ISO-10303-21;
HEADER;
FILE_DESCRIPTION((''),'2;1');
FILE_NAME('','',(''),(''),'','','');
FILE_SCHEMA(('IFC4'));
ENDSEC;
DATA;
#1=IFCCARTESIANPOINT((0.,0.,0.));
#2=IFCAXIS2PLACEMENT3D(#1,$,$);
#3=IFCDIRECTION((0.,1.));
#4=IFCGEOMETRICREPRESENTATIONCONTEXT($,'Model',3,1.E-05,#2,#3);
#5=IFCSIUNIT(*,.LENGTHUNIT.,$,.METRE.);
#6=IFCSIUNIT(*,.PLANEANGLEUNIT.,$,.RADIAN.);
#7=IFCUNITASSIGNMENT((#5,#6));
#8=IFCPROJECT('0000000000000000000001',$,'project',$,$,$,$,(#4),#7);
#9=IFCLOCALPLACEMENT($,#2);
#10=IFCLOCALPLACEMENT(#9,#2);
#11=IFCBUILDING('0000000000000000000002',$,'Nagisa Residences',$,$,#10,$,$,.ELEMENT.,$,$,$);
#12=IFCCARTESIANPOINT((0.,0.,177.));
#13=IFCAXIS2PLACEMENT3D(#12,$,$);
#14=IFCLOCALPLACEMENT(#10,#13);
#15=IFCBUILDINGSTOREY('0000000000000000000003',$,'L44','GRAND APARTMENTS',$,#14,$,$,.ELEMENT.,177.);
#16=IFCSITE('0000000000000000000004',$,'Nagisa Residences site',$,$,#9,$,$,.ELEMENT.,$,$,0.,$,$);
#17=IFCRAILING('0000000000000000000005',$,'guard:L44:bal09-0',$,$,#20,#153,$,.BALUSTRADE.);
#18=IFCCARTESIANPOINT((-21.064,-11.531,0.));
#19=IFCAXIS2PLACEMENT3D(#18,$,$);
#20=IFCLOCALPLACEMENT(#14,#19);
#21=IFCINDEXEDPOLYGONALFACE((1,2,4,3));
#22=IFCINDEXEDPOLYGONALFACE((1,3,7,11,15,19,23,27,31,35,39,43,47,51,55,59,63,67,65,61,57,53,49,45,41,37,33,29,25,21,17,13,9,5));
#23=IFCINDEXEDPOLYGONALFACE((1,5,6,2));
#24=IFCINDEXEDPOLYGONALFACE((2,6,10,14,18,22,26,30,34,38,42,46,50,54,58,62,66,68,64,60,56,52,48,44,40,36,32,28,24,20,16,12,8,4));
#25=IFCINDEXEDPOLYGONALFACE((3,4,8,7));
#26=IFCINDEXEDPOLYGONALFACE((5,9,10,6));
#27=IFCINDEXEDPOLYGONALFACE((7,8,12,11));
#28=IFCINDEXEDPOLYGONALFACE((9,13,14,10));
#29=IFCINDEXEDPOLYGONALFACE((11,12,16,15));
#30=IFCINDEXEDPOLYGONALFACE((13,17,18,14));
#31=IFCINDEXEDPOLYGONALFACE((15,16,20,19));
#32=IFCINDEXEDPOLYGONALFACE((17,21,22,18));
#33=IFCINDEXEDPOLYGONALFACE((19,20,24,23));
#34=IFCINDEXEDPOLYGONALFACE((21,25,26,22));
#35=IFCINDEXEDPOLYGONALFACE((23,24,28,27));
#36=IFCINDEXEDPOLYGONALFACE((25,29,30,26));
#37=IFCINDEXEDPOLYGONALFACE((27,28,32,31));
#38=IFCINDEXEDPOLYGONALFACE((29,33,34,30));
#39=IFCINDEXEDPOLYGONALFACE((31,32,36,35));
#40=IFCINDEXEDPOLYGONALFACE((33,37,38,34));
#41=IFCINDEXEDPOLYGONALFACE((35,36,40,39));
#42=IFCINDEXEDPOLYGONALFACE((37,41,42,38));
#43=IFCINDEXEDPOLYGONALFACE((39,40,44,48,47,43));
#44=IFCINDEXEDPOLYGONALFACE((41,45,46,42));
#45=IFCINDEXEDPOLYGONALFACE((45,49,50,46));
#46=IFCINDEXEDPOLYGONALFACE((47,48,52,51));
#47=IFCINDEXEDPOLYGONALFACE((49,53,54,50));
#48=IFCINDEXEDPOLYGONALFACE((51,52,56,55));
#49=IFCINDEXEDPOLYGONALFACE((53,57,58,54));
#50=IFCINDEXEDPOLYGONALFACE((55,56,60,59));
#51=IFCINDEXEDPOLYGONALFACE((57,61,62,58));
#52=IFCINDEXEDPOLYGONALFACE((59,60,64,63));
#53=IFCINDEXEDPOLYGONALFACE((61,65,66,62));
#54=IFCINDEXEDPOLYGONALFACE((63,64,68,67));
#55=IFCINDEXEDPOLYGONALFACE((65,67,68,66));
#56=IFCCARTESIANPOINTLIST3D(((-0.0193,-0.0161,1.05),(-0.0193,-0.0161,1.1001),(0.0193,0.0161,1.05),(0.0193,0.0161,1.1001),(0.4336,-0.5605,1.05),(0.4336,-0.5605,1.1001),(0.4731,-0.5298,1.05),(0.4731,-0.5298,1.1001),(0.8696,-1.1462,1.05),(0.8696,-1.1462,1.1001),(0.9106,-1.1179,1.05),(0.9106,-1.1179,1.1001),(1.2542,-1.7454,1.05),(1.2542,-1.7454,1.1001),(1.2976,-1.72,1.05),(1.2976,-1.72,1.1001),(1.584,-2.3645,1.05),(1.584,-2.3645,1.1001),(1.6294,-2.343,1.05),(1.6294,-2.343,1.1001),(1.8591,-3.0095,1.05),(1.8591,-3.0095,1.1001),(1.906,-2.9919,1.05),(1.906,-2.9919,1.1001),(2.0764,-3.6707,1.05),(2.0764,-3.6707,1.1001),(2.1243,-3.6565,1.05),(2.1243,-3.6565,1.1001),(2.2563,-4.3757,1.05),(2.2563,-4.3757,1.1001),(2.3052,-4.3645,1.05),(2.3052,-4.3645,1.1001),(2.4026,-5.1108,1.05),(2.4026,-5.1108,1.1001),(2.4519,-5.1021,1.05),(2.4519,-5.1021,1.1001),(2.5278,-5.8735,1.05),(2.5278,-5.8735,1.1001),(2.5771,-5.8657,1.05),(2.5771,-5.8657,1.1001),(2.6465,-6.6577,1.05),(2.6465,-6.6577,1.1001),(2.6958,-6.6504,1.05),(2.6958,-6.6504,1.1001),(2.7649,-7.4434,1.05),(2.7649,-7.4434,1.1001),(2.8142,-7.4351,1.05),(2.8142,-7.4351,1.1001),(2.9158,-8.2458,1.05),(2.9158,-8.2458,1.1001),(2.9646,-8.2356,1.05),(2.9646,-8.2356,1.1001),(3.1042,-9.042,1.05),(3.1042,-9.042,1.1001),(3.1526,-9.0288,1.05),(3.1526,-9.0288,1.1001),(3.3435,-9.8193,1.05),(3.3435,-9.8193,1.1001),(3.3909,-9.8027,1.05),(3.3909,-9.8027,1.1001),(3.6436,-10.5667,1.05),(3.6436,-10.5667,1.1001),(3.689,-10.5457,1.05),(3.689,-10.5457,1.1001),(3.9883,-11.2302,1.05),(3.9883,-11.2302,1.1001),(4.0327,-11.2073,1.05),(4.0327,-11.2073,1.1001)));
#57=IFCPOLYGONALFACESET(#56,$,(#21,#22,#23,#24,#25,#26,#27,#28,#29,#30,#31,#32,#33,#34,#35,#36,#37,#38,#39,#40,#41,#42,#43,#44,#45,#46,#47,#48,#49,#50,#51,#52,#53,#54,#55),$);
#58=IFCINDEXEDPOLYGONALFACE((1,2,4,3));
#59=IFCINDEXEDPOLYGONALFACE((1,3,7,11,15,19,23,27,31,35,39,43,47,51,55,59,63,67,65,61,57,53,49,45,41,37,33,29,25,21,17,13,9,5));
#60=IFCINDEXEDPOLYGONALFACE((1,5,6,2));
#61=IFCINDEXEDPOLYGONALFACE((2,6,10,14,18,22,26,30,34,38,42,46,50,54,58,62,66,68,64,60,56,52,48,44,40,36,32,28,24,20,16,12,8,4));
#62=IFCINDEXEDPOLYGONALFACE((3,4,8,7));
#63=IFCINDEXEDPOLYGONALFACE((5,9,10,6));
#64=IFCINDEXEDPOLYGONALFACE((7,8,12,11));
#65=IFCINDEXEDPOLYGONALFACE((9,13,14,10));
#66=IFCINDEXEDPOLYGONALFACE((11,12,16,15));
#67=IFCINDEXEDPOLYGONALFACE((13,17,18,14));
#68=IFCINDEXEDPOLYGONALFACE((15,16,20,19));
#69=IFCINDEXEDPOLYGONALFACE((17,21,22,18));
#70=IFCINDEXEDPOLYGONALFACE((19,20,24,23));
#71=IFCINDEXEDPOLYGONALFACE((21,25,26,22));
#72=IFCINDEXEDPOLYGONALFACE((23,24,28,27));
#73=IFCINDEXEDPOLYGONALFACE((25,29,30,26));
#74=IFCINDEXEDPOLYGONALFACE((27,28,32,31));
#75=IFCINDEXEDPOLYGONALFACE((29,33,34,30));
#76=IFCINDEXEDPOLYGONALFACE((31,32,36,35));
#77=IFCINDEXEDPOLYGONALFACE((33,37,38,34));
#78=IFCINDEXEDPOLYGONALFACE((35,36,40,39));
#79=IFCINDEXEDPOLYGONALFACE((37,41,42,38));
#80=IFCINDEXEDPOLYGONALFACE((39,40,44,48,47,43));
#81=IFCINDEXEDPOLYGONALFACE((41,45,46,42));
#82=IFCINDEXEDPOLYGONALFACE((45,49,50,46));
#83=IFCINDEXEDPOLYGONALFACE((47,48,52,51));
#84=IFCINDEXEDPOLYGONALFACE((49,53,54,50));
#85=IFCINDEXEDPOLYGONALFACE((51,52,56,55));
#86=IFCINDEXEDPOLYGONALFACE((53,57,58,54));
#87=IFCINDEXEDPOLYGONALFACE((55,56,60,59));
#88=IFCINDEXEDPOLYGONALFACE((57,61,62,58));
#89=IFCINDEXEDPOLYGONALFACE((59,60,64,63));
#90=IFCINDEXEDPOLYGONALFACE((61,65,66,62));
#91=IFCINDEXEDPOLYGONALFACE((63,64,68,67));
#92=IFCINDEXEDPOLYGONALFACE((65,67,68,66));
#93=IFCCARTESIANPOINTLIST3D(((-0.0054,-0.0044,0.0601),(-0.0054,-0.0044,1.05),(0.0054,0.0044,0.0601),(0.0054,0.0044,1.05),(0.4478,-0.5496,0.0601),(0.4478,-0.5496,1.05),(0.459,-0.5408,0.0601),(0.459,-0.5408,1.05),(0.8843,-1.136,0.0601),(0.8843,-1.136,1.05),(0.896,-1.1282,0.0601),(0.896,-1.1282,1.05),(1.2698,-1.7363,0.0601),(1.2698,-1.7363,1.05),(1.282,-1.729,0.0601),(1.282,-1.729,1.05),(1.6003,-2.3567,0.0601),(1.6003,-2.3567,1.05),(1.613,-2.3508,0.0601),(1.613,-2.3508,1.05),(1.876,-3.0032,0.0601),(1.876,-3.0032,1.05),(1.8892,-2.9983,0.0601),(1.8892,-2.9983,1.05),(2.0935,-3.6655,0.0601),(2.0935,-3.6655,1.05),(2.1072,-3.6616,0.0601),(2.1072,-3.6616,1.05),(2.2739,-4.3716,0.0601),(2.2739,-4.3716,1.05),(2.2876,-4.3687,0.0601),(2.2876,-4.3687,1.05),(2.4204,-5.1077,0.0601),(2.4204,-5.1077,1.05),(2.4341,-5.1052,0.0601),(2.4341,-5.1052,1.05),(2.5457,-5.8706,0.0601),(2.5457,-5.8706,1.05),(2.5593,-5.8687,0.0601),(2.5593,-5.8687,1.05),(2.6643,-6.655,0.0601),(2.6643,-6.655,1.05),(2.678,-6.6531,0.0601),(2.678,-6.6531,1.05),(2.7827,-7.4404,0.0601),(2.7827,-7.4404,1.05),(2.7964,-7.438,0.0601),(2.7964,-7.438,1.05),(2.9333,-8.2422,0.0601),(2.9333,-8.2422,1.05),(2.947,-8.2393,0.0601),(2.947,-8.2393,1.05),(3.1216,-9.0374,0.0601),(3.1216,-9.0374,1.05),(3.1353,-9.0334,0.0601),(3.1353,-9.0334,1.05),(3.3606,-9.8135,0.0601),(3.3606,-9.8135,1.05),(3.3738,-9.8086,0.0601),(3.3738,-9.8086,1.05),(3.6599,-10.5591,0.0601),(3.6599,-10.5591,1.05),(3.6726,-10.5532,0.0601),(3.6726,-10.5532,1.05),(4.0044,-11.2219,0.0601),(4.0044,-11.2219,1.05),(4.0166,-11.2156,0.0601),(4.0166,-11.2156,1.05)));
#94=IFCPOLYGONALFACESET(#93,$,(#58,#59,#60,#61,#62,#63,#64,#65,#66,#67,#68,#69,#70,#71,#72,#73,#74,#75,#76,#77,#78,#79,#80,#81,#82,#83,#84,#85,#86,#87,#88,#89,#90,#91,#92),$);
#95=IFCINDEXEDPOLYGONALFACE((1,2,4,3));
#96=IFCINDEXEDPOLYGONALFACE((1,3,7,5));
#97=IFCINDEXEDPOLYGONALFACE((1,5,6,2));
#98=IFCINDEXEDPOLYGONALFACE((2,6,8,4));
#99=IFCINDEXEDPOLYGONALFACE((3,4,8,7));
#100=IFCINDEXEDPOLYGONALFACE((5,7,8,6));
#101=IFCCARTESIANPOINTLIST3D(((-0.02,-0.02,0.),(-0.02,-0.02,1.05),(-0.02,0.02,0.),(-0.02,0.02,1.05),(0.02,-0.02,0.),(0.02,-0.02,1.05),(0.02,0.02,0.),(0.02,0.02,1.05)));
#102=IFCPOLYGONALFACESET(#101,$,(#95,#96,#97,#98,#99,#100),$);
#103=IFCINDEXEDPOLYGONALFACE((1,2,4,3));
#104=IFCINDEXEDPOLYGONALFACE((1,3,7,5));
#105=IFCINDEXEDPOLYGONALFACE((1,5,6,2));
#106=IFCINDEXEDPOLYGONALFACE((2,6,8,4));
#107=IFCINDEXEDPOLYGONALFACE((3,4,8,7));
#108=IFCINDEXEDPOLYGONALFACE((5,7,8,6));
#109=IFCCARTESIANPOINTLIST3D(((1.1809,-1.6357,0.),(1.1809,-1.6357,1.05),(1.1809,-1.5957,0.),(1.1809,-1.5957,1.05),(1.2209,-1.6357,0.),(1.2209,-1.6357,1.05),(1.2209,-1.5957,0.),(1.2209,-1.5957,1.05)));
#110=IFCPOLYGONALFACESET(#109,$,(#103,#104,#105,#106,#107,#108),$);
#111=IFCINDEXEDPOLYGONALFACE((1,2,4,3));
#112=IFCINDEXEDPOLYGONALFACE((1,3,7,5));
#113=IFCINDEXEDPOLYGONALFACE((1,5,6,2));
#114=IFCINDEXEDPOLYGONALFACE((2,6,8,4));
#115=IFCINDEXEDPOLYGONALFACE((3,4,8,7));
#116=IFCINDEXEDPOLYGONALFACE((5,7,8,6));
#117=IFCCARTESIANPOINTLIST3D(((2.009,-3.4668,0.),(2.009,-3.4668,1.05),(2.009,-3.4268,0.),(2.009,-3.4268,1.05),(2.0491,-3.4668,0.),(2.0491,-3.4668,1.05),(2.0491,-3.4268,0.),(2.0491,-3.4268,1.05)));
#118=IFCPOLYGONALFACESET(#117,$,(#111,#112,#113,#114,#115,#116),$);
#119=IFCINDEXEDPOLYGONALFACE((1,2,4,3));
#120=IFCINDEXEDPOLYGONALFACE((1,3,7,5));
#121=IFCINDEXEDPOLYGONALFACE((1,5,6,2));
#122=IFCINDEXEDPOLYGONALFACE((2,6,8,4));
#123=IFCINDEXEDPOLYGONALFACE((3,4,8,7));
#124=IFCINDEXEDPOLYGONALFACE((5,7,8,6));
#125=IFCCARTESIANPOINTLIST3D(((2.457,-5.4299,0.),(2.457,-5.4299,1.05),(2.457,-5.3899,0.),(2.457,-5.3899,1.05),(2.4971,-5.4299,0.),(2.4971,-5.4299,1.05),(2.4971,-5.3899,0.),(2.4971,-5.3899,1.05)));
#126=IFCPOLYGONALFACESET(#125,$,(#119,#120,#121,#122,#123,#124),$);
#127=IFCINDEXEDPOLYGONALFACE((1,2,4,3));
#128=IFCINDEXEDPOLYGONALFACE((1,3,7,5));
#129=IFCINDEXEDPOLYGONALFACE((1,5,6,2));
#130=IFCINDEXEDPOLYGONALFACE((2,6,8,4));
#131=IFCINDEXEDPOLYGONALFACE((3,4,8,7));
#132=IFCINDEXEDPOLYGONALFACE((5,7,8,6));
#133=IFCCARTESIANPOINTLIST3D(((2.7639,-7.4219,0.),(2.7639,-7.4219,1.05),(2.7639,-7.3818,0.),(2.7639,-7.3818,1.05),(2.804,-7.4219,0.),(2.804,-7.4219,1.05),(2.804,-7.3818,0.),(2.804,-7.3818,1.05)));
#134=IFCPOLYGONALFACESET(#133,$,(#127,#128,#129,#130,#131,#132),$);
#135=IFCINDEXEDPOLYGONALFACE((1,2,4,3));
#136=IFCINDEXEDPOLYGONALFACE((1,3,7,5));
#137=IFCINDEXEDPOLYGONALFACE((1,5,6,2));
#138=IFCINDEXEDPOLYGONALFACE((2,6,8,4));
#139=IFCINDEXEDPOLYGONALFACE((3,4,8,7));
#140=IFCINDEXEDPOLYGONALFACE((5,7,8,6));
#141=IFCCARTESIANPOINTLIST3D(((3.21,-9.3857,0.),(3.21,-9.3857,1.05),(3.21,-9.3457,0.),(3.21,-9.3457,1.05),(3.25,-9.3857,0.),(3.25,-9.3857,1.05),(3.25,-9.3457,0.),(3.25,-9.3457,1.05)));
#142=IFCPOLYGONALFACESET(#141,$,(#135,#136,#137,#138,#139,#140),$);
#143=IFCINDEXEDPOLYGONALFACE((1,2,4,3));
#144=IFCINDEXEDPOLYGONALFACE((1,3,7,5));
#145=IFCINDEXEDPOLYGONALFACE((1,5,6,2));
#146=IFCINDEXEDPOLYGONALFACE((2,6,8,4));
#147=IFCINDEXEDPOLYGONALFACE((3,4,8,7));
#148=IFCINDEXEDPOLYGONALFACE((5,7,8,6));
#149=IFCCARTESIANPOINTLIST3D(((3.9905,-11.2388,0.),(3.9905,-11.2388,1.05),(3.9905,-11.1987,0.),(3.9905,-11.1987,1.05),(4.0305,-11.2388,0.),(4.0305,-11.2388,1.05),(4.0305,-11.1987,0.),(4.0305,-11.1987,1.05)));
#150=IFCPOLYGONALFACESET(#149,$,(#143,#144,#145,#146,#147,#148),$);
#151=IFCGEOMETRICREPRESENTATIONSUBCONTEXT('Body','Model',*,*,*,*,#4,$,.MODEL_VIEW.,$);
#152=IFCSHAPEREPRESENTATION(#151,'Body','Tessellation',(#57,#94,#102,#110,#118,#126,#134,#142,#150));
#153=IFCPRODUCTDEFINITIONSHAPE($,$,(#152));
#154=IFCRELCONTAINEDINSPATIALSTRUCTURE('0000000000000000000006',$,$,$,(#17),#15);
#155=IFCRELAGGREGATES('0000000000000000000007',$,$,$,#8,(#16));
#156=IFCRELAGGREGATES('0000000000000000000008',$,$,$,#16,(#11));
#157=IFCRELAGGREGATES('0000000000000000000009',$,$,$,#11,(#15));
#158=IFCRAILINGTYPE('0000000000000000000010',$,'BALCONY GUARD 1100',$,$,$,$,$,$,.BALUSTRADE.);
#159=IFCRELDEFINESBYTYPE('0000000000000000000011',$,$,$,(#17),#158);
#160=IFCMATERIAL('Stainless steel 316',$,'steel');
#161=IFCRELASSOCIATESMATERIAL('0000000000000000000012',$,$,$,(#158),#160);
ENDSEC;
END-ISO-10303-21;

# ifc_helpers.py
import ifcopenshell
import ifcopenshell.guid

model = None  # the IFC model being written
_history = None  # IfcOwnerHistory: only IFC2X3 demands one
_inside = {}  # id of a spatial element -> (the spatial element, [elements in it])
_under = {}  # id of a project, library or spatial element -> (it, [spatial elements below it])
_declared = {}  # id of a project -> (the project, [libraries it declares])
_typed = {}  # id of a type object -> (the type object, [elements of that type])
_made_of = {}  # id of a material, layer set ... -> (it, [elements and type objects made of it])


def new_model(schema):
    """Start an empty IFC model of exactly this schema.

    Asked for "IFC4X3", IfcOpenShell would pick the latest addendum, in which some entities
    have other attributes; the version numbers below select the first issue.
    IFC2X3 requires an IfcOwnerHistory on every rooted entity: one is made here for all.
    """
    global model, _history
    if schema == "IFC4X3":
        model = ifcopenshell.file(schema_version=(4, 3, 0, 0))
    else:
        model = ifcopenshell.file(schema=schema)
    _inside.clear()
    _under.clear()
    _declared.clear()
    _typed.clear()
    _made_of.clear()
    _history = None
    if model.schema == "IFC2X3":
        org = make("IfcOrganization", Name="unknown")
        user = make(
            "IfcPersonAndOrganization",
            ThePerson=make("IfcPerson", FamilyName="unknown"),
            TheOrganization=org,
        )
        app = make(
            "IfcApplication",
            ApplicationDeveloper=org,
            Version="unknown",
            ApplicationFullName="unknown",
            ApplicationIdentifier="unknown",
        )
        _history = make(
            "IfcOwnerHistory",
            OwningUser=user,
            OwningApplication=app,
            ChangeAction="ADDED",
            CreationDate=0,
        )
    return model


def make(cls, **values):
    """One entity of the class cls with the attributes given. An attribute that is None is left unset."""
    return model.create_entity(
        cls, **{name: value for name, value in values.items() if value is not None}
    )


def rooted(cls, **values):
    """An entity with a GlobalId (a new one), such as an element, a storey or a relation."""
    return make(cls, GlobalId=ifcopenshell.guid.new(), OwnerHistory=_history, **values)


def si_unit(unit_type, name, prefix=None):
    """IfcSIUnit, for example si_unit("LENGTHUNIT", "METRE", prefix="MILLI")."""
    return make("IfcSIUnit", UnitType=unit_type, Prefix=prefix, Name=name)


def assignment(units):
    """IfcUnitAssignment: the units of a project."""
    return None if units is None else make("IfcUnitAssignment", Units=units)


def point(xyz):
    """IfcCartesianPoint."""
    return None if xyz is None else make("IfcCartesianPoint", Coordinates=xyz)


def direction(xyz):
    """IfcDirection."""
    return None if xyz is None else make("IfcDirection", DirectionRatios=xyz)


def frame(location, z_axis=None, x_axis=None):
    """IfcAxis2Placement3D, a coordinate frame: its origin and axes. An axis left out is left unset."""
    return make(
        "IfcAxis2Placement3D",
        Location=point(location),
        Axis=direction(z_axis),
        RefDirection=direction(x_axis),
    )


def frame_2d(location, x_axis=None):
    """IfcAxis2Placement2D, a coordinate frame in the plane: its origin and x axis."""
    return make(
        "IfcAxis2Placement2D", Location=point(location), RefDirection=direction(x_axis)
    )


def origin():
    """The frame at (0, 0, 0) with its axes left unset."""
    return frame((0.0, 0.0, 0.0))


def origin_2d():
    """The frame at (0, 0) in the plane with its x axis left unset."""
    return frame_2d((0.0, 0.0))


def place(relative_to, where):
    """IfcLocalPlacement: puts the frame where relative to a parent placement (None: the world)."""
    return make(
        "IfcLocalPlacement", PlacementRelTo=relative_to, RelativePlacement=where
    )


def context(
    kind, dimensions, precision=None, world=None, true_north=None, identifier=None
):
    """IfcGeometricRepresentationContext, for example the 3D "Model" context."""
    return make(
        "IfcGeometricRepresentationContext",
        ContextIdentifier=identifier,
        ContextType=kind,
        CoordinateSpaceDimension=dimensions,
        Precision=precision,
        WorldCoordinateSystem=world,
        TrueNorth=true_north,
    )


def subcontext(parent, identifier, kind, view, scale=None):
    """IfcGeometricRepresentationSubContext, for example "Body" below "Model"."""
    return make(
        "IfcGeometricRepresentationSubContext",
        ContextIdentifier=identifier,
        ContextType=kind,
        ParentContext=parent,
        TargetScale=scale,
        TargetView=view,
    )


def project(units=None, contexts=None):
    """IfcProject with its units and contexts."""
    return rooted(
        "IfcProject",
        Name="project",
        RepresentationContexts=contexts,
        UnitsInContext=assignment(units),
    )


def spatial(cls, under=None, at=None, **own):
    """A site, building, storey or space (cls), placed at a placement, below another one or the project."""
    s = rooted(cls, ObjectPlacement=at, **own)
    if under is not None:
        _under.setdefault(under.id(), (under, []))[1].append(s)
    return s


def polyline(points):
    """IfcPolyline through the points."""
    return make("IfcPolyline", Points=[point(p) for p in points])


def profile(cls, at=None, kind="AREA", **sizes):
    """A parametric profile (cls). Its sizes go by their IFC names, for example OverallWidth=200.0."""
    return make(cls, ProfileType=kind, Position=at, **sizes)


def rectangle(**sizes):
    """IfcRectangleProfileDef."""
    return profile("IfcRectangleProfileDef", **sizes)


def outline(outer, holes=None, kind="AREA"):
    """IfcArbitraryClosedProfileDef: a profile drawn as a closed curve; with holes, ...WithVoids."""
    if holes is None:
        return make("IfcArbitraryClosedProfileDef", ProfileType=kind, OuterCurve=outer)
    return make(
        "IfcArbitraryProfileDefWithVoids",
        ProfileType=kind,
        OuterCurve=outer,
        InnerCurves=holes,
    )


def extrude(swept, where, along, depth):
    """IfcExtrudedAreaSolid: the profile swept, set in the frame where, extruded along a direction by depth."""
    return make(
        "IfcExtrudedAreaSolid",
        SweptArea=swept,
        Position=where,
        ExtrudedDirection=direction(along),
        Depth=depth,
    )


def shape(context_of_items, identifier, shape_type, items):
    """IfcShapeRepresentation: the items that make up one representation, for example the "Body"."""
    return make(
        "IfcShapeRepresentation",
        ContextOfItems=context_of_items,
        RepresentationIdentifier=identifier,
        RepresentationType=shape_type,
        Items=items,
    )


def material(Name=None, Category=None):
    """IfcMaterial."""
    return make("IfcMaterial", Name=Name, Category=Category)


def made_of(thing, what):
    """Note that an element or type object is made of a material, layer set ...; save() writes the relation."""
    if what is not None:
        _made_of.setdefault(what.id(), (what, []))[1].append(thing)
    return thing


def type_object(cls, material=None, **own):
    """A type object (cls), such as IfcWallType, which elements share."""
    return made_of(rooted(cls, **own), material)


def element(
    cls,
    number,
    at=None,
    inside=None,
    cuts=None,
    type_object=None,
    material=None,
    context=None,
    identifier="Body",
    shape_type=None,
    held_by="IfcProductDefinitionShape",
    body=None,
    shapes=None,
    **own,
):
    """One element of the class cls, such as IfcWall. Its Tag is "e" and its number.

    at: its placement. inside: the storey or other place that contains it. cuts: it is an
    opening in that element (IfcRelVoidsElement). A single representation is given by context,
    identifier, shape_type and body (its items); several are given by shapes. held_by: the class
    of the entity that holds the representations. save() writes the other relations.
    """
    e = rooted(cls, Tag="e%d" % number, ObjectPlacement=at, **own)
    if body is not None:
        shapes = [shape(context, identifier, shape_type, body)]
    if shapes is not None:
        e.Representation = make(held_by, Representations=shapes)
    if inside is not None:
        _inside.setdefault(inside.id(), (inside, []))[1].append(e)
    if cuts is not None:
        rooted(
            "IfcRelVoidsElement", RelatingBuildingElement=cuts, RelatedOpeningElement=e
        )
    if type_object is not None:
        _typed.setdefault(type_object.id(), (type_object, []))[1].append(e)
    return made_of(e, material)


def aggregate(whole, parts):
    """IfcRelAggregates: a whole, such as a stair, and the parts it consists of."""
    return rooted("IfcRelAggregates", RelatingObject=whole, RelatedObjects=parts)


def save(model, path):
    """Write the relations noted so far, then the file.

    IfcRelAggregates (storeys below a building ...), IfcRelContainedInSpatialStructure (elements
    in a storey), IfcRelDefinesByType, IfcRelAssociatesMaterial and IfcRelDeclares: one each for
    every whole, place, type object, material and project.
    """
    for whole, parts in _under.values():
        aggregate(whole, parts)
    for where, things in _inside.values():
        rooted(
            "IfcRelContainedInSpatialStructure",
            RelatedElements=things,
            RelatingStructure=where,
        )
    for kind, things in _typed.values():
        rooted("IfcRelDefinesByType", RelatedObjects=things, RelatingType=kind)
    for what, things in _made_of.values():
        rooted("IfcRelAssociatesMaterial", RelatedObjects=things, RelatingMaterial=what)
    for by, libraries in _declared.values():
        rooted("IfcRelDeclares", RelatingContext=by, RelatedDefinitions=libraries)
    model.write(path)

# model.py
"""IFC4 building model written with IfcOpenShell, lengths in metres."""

from ifc_helpers import new_model, si_unit, direction, frame, origin, origin_2d, place, context, subcontext, project, spatial, polyline, rectangle, outline, extrude, material, type_object, element, save


model = new_model("IFC4")

# Units and contexts
model_context = context("Model", 3, precision=1e-05, world=origin(), true_north=direction((0.0, 1.0)))
body_context = subcontext(model_context, "Body", "Model", "MODEL_VIEW")
ifc_project = project(units=[si_unit("LENGTHUNIT", "METRE"), si_unit("PLANEANGLEUNIT", "RADIAN")], contexts=[model_context])

# Site, building, storey
site_placement = place(None, origin())
site = spatial("IfcSite", under=ifc_project, at=site_placement, Name="Nagisa Residences site", CompositionType="ELEMENT", RefElevation=0.0)
building_placement = place(site_placement, origin())
building = spatial("IfcBuilding", under=site, at=building_placement, Name="Nagisa Residences", CompositionType="ELEMENT")
storey_placement = place(building_placement, frame((0.0, 0.0, 177.0)))
storey = spatial("IfcBuildingStorey", under=building, at=storey_placement, Name="L44", Description="GRAND APARTMENTS", CompositionType="ELEMENT", Elevation=177.0)

# Railing
ifc_material_1 = material(Name="Stainless steel 316", Category="steel")
railing_type = type_object("IfcRailingType", Name="BALCONY GUARD 1100", PredefinedType="BALUSTRADE", material=ifc_material_1)
railing_1_placement = place(storey_placement, frame((-21.064, -11.531, 0.0)))
element("IfcRailing", 1, at=railing_1_placement, inside=storey, type_object=railing_type, Name="guard:L44:bal09-0", PredefinedType="BALUSTRADE", context=body_context, shape_type="SweptSolid", body=[
    extrude(outline(polyline([(0.4731, -0.5298), (0.0193, 0.0161), (-0.0193, -0.0161), (0.4336, -0.5605), (0.8696, -1.1462), (1.2542, -1.7454), (1.584, -2.3645), (1.8591, -3.0095), (2.0764, -3.6707), (2.2563, -4.3757), (2.4026, -5.1108), (2.5278, -5.8735), (2.6465, -6.6577), (2.7649, -7.4434), (2.9158, -8.2458), (3.1042, -9.042), (3.3435, -9.8193), (3.6436, -10.5667), (3.9883, -11.2302), (4.0327, -11.2073), (3.689, -10.5457), (3.3909, -9.8027), (3.1526, -9.0288), (2.9646, -8.2356), (2.8142, -7.4351), (2.6958, -6.6504), (2.5771, -5.8657), (2.4519, -5.1021), (2.3052, -4.3645), (2.1243, -3.6565), (1.906, -2.9919), (1.6294, -2.343), (1.2976, -1.72), (0.9106, -1.1179), (0.4731, -0.5298)])), frame((0.0, 0.0, 1.05)), (0.0, 0.0, 1.0), 0.05),
    extrude(outline(polyline([(0.459, -0.5408), (0.0054, 0.0044), (-0.0054, -0.0044), (0.4478, -0.5496), (0.8843, -1.136), (1.2698, -1.7363), (1.6003, -2.3567), (1.876, -3.0032), (2.0935, -3.6655), (2.2739, -4.3716), (2.4204, -5.1077), (2.5457, -5.8706), (2.6643, -6.655), (2.7827, -7.4404), (2.9333, -8.2422), (3.1216, -9.0374), (3.3606, -9.8135), (3.6599, -10.5591), (4.0044, -11.2219), (4.0166, -11.2156), (3.6726, -10.5532), (3.3738, -9.8086), (3.1353, -9.0334), (2.947, -8.2393), (2.7964, -7.438), (2.678, -6.6531), (2.5593, -5.8687), (2.4341, -5.1052), (2.2876, -4.3687), (2.1072, -3.6616), (1.8892, -2.9983), (1.613, -2.3508), (1.282, -1.729), (0.896, -1.1282), (0.459, -0.5408)])), frame((0.0, 0.0, 0.0601)), (0.0, 0.0, 1.0), 0.99),
    extrude(rectangle(XDim=0.04, YDim=0.04, at=origin_2d()), origin(), (0.0, 0.0, 1.0), 1.05),
    extrude(rectangle(XDim=0.04, YDim=0.04, at=origin_2d()), frame((1.2009, -1.6157, 0.0)), (0.0, 0.0, 1.0), 1.05),
    extrude(rectangle(XDim=0.04, YDim=0.04, at=origin_2d()), frame((2.0291, -3.4468, 0.0)), (0.0, 0.0, 1.0), 1.05),
    extrude(rectangle(XDim=0.04, YDim=0.04, at=origin_2d()), frame((2.4771, -5.4099, 0.0)), (0.0, 0.0, 1.0), 1.05),
    extrude(rectangle(XDim=0.04, YDim=0.04, at=origin_2d()), frame((2.7839, -7.4019, 0.0)), (0.0, 0.0, 1.0), 1.05),
    extrude(rectangle(XDim=0.04, YDim=0.04, at=origin_2d()), frame((3.23, -9.3657, 0.0)), (0.0, 0.0, 1.0), 1.05),
    extrude(rectangle(XDim=0.04, YDim=0.04, at=origin_2d()), frame((4.0105, -11.2188, 0.0)), (0.0, 0.0, 1.0), 1.05),
])

save(model, "model.ifc")
